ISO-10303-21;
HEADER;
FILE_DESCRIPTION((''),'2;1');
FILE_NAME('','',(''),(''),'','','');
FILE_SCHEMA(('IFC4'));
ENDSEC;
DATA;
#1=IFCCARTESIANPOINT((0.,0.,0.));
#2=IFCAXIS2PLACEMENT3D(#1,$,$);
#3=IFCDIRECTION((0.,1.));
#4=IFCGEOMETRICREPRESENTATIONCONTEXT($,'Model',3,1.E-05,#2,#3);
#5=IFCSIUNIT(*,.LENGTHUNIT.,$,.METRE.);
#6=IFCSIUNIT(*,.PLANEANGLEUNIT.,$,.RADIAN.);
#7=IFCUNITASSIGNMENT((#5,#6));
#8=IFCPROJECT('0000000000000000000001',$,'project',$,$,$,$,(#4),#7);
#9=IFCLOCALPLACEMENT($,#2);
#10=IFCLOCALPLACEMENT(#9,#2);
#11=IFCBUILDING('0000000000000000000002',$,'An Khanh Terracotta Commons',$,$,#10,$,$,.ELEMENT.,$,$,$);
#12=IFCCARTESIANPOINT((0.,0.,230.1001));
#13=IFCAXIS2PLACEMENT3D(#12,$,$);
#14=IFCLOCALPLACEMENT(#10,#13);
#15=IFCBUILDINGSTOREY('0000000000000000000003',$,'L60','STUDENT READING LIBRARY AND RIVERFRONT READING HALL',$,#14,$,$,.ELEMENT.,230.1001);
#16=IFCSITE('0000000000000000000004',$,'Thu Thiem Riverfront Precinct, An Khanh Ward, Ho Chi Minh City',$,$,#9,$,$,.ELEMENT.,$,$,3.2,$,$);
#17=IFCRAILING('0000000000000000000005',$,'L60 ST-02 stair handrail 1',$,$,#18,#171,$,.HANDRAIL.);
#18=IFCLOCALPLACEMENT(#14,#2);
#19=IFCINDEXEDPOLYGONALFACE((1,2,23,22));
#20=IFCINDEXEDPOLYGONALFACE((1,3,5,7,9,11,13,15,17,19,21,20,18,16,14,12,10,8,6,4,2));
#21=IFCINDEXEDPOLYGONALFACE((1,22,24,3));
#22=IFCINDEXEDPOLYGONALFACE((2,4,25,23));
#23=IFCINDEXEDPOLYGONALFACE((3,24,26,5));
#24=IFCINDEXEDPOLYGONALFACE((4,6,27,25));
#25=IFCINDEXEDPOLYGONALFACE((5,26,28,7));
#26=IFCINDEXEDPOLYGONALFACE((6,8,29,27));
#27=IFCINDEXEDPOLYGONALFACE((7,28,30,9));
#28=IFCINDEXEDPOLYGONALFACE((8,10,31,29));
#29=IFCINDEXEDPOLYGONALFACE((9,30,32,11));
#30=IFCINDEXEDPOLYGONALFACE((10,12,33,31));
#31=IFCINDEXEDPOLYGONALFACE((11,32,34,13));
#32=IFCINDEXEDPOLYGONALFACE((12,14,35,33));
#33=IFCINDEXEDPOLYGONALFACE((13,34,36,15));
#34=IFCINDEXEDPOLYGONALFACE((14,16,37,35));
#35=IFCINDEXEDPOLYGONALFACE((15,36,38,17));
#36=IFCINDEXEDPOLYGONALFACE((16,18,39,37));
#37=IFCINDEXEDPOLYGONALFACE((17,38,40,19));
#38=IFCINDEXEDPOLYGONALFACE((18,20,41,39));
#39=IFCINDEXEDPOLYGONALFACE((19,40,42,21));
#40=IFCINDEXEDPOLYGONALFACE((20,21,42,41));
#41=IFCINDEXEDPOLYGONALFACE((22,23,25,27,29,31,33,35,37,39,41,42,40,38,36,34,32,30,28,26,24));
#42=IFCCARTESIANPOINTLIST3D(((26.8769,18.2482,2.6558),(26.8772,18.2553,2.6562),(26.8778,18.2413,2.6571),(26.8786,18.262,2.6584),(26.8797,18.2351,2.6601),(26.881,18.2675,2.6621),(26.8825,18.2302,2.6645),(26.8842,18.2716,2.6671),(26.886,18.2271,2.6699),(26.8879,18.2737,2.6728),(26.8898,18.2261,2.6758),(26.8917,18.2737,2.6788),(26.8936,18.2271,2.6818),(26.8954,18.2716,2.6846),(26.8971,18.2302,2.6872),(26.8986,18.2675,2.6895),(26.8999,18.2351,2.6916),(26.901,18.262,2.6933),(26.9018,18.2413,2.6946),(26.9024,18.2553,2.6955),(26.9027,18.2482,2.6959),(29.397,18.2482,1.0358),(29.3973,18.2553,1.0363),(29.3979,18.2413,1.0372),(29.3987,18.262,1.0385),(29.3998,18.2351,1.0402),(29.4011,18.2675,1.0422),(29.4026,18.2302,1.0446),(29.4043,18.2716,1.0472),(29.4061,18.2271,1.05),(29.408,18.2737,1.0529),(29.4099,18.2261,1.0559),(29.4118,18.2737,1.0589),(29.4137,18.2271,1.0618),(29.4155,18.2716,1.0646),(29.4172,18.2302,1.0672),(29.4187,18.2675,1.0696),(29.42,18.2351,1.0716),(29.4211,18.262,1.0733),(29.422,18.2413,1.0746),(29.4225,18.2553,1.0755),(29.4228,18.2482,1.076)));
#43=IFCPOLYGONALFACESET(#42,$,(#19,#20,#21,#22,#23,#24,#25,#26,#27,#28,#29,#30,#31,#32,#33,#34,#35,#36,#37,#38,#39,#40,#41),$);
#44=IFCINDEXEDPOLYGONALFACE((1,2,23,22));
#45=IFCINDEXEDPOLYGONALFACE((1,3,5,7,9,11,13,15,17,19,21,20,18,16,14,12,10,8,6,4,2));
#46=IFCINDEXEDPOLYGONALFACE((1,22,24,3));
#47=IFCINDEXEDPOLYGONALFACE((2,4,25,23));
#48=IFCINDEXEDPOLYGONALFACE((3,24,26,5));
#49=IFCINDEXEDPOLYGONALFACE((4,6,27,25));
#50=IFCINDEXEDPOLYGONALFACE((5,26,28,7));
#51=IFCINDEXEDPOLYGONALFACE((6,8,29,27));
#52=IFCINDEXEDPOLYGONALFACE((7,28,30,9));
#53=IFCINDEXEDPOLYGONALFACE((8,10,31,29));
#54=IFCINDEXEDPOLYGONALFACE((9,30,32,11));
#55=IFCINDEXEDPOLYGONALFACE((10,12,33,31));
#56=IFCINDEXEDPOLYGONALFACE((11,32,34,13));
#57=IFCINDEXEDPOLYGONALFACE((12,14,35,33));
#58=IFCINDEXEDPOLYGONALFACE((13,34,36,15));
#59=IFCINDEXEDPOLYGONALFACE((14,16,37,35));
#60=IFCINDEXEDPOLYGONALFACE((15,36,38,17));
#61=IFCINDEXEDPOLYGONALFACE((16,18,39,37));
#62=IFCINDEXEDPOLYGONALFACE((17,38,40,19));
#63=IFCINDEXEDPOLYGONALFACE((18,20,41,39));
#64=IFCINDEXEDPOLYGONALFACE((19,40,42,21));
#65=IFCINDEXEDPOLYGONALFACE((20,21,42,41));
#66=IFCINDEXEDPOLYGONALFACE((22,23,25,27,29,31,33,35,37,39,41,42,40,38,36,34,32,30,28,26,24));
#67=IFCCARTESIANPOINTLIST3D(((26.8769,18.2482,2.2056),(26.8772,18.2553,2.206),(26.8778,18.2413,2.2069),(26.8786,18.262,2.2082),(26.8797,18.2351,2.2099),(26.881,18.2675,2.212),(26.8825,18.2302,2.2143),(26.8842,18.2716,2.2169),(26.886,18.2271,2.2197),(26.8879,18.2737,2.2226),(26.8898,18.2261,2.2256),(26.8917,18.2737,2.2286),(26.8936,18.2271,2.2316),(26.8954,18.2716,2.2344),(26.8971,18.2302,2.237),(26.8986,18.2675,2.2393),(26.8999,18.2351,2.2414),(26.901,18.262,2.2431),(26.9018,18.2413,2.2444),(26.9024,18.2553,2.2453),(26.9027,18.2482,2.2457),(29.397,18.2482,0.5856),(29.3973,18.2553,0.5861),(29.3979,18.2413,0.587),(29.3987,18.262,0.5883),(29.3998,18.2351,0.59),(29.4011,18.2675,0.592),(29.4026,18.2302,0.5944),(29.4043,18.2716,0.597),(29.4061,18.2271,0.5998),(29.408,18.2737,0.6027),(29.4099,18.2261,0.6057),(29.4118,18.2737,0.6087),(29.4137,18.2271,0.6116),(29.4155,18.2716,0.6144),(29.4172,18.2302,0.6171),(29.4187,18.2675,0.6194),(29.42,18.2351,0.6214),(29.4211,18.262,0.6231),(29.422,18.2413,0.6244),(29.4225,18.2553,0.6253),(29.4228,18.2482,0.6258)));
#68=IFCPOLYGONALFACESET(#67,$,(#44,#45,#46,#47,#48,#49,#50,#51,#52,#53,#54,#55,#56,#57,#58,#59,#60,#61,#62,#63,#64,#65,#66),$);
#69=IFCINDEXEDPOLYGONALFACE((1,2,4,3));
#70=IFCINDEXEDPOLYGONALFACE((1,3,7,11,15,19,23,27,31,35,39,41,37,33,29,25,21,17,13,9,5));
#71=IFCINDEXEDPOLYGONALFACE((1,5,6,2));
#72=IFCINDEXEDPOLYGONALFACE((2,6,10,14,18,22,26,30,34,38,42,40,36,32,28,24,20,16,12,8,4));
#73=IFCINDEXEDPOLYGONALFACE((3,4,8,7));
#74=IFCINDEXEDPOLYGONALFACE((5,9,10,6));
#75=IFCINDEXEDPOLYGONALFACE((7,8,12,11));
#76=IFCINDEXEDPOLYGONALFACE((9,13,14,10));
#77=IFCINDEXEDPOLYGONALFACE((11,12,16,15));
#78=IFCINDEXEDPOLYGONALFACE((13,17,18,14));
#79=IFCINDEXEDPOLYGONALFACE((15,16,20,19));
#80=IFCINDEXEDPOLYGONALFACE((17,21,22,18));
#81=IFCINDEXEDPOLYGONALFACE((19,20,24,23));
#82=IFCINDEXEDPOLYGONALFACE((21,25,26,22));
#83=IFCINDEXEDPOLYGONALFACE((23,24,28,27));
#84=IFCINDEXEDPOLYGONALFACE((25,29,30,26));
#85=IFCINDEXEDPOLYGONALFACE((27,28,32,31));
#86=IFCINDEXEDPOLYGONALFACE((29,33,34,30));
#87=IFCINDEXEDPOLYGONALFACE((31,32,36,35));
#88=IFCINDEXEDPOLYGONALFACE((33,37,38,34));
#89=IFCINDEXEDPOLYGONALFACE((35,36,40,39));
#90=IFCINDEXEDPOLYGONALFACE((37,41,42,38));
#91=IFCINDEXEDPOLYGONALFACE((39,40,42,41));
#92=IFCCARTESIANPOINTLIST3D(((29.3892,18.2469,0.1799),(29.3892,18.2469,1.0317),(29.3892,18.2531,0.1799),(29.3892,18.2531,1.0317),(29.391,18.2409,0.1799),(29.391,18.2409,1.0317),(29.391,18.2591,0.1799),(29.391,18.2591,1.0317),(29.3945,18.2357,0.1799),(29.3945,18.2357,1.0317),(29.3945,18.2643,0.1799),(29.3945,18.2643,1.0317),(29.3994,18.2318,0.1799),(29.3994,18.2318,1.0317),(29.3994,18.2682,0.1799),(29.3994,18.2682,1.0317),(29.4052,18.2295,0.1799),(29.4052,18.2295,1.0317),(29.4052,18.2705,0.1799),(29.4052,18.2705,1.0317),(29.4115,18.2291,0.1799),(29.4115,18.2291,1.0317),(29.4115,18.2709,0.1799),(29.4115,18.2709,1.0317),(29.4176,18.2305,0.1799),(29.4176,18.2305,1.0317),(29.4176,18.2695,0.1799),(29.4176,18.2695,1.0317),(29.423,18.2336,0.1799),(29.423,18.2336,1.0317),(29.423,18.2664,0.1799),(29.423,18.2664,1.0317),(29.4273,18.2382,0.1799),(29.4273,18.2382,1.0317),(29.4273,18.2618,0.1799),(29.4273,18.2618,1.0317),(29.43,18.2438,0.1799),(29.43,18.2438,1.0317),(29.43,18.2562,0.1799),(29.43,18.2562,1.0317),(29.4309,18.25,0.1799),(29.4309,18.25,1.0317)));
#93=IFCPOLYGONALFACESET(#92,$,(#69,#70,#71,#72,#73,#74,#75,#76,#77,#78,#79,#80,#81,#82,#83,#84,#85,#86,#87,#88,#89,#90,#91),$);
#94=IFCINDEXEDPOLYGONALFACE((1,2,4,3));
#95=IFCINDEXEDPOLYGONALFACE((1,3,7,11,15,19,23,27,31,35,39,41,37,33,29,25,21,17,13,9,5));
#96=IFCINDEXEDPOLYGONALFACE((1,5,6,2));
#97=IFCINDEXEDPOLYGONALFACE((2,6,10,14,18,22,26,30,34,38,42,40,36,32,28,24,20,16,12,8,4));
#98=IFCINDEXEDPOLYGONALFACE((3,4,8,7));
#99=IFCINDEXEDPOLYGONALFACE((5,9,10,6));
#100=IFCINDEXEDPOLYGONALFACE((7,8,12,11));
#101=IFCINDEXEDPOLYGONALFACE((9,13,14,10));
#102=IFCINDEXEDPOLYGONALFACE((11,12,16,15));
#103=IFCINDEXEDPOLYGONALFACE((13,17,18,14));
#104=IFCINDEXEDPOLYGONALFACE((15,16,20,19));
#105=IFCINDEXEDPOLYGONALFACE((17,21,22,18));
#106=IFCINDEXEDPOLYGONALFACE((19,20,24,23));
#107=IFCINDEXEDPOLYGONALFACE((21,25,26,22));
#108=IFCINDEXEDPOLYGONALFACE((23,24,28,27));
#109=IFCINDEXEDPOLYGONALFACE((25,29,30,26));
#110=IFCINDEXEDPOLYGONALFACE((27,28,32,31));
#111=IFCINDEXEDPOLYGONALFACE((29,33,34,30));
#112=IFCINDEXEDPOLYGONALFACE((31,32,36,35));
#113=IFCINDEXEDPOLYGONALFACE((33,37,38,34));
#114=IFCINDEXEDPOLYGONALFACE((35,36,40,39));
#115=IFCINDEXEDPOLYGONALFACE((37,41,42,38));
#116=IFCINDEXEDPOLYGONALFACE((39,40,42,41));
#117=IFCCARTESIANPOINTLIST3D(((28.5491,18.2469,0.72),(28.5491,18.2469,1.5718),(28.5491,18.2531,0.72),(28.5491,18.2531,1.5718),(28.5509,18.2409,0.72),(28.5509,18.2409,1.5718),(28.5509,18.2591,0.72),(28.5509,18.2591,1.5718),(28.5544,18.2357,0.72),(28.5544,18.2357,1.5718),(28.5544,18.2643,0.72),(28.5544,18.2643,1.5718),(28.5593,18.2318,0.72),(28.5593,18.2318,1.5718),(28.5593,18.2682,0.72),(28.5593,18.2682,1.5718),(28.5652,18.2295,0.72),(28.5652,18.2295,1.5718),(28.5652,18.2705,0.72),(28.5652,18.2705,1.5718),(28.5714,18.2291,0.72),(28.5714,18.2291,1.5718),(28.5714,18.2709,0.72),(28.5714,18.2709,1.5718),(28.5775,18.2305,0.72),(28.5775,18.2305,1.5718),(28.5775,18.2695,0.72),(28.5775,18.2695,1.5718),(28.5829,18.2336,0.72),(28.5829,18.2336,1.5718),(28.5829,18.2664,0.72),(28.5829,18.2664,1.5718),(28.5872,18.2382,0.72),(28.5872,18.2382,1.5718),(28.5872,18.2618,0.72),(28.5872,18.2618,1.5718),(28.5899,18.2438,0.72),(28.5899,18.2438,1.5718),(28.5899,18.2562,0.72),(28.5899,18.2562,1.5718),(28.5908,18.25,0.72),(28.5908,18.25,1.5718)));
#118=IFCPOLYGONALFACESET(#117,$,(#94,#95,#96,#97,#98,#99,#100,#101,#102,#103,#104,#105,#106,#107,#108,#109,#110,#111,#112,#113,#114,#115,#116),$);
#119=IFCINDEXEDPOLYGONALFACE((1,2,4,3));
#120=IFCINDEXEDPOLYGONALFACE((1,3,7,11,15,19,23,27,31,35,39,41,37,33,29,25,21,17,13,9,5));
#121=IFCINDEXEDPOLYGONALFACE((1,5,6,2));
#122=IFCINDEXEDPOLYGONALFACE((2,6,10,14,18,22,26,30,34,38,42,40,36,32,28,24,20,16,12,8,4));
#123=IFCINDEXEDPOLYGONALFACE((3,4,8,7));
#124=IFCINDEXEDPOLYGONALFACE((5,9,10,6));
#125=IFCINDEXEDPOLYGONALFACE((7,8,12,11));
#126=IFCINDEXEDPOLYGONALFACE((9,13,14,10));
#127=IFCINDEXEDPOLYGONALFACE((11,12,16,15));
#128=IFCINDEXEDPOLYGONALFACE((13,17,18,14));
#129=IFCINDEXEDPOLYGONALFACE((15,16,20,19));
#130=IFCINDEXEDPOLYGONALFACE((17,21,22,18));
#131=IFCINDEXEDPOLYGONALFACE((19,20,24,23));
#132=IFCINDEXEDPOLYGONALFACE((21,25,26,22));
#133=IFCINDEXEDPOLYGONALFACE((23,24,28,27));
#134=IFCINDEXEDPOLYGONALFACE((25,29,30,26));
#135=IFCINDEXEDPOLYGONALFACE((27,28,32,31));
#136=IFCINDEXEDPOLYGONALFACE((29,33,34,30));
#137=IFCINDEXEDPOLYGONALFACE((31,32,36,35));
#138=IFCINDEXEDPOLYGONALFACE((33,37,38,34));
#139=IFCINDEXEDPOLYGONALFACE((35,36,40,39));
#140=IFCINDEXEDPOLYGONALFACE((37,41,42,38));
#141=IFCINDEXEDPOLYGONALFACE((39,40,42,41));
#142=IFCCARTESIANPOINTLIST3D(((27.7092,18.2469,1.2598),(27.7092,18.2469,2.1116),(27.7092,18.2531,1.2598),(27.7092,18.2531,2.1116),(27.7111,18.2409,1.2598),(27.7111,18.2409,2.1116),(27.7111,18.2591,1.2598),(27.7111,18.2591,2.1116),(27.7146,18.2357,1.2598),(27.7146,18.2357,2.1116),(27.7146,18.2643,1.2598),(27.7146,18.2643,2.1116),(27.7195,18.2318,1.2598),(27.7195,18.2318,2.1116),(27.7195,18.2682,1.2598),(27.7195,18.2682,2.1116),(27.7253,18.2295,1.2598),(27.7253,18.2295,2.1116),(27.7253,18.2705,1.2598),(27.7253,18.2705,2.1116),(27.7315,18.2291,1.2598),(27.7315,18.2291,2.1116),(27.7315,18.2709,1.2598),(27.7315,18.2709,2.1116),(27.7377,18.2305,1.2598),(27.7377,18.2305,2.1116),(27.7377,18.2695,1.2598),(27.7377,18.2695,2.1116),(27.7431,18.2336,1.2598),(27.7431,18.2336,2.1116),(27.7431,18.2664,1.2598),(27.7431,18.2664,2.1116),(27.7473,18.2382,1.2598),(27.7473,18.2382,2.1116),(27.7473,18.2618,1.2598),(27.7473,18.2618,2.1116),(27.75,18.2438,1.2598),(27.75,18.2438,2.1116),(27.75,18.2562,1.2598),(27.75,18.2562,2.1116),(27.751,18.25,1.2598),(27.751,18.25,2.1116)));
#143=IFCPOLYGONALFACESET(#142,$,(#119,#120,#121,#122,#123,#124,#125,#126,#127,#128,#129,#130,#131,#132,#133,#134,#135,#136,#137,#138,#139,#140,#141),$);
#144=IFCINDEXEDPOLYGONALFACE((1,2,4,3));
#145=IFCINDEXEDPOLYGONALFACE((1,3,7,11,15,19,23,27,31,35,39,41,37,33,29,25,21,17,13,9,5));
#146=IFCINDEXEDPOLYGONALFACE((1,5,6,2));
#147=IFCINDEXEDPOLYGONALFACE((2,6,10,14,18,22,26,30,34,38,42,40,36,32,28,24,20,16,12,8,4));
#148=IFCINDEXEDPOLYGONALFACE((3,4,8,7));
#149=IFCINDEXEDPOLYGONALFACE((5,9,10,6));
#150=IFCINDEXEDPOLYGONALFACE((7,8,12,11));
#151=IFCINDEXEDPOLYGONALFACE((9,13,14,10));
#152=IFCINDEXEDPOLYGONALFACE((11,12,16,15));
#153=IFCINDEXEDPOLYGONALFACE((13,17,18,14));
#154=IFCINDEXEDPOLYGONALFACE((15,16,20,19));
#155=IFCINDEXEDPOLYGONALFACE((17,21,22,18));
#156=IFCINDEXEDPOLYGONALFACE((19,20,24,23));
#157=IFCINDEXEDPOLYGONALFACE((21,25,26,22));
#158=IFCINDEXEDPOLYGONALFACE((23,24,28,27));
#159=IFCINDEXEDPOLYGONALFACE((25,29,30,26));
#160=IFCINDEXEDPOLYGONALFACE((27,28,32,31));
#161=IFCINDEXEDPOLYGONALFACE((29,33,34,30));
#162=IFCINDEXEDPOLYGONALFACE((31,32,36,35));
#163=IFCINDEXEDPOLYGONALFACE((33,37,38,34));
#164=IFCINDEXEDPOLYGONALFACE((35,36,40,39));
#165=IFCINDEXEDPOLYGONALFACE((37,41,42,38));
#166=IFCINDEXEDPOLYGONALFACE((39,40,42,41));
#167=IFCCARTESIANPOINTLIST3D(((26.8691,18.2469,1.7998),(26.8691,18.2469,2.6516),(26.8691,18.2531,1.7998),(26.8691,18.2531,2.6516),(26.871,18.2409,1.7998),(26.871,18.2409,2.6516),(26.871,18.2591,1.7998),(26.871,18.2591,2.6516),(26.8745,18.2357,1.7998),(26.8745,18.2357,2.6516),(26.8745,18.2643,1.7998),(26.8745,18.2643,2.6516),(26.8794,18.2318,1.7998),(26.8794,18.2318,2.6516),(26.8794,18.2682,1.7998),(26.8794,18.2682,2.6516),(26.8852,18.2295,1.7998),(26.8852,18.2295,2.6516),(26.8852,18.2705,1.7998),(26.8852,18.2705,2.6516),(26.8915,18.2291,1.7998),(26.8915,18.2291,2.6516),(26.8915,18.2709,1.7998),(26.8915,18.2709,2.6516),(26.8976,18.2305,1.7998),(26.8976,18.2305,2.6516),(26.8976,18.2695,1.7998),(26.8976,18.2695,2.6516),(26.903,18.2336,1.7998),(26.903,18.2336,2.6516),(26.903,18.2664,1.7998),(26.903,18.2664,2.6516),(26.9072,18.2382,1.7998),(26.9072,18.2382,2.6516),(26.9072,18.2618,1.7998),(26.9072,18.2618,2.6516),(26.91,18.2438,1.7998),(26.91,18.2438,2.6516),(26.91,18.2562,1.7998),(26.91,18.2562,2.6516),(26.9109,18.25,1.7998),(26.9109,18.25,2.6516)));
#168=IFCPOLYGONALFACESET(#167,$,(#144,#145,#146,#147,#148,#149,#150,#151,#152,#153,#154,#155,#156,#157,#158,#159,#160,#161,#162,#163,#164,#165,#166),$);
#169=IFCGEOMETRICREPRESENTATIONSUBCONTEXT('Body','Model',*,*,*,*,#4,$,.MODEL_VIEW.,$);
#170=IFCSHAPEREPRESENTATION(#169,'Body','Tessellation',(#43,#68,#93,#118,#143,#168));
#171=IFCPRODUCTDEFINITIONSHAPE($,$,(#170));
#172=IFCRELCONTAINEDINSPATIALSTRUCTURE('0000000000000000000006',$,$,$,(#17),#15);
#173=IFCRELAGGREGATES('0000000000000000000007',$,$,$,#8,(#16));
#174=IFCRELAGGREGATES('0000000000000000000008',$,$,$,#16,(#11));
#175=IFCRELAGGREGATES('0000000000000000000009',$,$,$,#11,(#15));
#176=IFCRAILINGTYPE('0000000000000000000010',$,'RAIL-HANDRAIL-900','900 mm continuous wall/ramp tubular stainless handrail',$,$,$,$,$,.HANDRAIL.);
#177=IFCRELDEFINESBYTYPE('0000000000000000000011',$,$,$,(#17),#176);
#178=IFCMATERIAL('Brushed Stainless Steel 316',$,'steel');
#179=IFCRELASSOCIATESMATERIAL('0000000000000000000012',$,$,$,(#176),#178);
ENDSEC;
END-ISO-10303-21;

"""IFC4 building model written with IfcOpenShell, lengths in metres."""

from ifc_helpers import new_model, si_unit, direction, frame, origin, origin_2d, place, context, subcontext, project, spatial, circle, extrude, material, type_object, element, save


model = new_model("IFC4")

# Units and contexts
model_context = context("Model", 3, precision=1e-05, world=origin(), true_north=direction((0.0, 1.0)))
body_context = subcontext(model_context, "Body", "Model", "MODEL_VIEW")
ifc_project = project(units=[si_unit("LENGTHUNIT", "METRE"), si_unit("PLANEANGLEUNIT", "RADIAN")], contexts=[model_context])

# Site, building, storey
site_placement = place(None, origin())
site = spatial("IfcSite", under=ifc_project, at=site_placement, Name="Thu Thiem Riverfront Precinct, An Khanh Ward, Ho Chi Minh City", CompositionType="ELEMENT", RefElevation=3.2)
building_placement = place(site_placement, origin())
building = spatial("IfcBuilding", under=site, at=building_placement, Name="An Khanh Terracotta Commons", CompositionType="ELEMENT")
storey_placement = place(building_placement, frame((0.0, 0.0, 230.1001)))
storey = spatial("IfcBuildingStorey", under=building, at=storey_placement, Name="L60", Description="STUDENT READING LIBRARY AND RIVERFRONT READING HALL", CompositionType="ELEMENT", Elevation=230.1001)

# Railing
ifc_material_1 = material(Name="Brushed Stainless Steel 316", Category="steel")
railing_type_1 = type_object("IfcRailingType", Name="RAIL-HANDRAIL-900", Description="900 mm continuous wall/ramp tubular stainless handrail", PredefinedType="HANDRAIL", material=ifc_material_1)
railing_1_placement = place(storey_placement, frame((29.4099, 18.25, 0.1799)))
element("IfcRailing", 1, at=railing_1_placement, inside=storey, type_object=railing_type_1, Name="L60 ST-02 stair handrail 1", PredefinedType="HANDRAIL", context=body_context, shape_type="SweptSolid", body=[
    extrude(circle(Radius=0.0239, at=origin_2d()), frame((0.0, 0.0, 0.876), z_axis=(-0.8412, 0.0, 0.540725), x_axis=(0.0, -1.0, 0.0)), (0.0, 0.0, 1.0), 2.9958),
    extrude(circle(Radius=0.0239, at=origin_2d()), frame((0.0, 0.0, 0.4258), z_axis=(-0.8412, 0.0, 0.540725), x_axis=(0.0, -1.0, 0.0)), (0.0, 0.0, 1.0), 2.9958),
    extrude(circle(Radius=0.021, at=origin_2d()), origin(), (0.0, 0.0, 1.0), 0.8518),
    extrude(circle(Radius=0.021, at=origin_2d()), frame((-0.8401, 0.0, 0.54)), (0.0, 0.0, 1.0), 0.8518),
    extrude(circle(Radius=0.021, at=origin_2d()), frame((-1.6799, 0.0, 1.0798)), (0.0, 0.0, 1.0), 0.8518),
    extrude(circle(Radius=0.021, at=origin_2d()), frame((-2.52, 0.0, 1.6199)), (0.0, 0.0, 1.0), 0.8518),
])

save(model, "model.ifc")
